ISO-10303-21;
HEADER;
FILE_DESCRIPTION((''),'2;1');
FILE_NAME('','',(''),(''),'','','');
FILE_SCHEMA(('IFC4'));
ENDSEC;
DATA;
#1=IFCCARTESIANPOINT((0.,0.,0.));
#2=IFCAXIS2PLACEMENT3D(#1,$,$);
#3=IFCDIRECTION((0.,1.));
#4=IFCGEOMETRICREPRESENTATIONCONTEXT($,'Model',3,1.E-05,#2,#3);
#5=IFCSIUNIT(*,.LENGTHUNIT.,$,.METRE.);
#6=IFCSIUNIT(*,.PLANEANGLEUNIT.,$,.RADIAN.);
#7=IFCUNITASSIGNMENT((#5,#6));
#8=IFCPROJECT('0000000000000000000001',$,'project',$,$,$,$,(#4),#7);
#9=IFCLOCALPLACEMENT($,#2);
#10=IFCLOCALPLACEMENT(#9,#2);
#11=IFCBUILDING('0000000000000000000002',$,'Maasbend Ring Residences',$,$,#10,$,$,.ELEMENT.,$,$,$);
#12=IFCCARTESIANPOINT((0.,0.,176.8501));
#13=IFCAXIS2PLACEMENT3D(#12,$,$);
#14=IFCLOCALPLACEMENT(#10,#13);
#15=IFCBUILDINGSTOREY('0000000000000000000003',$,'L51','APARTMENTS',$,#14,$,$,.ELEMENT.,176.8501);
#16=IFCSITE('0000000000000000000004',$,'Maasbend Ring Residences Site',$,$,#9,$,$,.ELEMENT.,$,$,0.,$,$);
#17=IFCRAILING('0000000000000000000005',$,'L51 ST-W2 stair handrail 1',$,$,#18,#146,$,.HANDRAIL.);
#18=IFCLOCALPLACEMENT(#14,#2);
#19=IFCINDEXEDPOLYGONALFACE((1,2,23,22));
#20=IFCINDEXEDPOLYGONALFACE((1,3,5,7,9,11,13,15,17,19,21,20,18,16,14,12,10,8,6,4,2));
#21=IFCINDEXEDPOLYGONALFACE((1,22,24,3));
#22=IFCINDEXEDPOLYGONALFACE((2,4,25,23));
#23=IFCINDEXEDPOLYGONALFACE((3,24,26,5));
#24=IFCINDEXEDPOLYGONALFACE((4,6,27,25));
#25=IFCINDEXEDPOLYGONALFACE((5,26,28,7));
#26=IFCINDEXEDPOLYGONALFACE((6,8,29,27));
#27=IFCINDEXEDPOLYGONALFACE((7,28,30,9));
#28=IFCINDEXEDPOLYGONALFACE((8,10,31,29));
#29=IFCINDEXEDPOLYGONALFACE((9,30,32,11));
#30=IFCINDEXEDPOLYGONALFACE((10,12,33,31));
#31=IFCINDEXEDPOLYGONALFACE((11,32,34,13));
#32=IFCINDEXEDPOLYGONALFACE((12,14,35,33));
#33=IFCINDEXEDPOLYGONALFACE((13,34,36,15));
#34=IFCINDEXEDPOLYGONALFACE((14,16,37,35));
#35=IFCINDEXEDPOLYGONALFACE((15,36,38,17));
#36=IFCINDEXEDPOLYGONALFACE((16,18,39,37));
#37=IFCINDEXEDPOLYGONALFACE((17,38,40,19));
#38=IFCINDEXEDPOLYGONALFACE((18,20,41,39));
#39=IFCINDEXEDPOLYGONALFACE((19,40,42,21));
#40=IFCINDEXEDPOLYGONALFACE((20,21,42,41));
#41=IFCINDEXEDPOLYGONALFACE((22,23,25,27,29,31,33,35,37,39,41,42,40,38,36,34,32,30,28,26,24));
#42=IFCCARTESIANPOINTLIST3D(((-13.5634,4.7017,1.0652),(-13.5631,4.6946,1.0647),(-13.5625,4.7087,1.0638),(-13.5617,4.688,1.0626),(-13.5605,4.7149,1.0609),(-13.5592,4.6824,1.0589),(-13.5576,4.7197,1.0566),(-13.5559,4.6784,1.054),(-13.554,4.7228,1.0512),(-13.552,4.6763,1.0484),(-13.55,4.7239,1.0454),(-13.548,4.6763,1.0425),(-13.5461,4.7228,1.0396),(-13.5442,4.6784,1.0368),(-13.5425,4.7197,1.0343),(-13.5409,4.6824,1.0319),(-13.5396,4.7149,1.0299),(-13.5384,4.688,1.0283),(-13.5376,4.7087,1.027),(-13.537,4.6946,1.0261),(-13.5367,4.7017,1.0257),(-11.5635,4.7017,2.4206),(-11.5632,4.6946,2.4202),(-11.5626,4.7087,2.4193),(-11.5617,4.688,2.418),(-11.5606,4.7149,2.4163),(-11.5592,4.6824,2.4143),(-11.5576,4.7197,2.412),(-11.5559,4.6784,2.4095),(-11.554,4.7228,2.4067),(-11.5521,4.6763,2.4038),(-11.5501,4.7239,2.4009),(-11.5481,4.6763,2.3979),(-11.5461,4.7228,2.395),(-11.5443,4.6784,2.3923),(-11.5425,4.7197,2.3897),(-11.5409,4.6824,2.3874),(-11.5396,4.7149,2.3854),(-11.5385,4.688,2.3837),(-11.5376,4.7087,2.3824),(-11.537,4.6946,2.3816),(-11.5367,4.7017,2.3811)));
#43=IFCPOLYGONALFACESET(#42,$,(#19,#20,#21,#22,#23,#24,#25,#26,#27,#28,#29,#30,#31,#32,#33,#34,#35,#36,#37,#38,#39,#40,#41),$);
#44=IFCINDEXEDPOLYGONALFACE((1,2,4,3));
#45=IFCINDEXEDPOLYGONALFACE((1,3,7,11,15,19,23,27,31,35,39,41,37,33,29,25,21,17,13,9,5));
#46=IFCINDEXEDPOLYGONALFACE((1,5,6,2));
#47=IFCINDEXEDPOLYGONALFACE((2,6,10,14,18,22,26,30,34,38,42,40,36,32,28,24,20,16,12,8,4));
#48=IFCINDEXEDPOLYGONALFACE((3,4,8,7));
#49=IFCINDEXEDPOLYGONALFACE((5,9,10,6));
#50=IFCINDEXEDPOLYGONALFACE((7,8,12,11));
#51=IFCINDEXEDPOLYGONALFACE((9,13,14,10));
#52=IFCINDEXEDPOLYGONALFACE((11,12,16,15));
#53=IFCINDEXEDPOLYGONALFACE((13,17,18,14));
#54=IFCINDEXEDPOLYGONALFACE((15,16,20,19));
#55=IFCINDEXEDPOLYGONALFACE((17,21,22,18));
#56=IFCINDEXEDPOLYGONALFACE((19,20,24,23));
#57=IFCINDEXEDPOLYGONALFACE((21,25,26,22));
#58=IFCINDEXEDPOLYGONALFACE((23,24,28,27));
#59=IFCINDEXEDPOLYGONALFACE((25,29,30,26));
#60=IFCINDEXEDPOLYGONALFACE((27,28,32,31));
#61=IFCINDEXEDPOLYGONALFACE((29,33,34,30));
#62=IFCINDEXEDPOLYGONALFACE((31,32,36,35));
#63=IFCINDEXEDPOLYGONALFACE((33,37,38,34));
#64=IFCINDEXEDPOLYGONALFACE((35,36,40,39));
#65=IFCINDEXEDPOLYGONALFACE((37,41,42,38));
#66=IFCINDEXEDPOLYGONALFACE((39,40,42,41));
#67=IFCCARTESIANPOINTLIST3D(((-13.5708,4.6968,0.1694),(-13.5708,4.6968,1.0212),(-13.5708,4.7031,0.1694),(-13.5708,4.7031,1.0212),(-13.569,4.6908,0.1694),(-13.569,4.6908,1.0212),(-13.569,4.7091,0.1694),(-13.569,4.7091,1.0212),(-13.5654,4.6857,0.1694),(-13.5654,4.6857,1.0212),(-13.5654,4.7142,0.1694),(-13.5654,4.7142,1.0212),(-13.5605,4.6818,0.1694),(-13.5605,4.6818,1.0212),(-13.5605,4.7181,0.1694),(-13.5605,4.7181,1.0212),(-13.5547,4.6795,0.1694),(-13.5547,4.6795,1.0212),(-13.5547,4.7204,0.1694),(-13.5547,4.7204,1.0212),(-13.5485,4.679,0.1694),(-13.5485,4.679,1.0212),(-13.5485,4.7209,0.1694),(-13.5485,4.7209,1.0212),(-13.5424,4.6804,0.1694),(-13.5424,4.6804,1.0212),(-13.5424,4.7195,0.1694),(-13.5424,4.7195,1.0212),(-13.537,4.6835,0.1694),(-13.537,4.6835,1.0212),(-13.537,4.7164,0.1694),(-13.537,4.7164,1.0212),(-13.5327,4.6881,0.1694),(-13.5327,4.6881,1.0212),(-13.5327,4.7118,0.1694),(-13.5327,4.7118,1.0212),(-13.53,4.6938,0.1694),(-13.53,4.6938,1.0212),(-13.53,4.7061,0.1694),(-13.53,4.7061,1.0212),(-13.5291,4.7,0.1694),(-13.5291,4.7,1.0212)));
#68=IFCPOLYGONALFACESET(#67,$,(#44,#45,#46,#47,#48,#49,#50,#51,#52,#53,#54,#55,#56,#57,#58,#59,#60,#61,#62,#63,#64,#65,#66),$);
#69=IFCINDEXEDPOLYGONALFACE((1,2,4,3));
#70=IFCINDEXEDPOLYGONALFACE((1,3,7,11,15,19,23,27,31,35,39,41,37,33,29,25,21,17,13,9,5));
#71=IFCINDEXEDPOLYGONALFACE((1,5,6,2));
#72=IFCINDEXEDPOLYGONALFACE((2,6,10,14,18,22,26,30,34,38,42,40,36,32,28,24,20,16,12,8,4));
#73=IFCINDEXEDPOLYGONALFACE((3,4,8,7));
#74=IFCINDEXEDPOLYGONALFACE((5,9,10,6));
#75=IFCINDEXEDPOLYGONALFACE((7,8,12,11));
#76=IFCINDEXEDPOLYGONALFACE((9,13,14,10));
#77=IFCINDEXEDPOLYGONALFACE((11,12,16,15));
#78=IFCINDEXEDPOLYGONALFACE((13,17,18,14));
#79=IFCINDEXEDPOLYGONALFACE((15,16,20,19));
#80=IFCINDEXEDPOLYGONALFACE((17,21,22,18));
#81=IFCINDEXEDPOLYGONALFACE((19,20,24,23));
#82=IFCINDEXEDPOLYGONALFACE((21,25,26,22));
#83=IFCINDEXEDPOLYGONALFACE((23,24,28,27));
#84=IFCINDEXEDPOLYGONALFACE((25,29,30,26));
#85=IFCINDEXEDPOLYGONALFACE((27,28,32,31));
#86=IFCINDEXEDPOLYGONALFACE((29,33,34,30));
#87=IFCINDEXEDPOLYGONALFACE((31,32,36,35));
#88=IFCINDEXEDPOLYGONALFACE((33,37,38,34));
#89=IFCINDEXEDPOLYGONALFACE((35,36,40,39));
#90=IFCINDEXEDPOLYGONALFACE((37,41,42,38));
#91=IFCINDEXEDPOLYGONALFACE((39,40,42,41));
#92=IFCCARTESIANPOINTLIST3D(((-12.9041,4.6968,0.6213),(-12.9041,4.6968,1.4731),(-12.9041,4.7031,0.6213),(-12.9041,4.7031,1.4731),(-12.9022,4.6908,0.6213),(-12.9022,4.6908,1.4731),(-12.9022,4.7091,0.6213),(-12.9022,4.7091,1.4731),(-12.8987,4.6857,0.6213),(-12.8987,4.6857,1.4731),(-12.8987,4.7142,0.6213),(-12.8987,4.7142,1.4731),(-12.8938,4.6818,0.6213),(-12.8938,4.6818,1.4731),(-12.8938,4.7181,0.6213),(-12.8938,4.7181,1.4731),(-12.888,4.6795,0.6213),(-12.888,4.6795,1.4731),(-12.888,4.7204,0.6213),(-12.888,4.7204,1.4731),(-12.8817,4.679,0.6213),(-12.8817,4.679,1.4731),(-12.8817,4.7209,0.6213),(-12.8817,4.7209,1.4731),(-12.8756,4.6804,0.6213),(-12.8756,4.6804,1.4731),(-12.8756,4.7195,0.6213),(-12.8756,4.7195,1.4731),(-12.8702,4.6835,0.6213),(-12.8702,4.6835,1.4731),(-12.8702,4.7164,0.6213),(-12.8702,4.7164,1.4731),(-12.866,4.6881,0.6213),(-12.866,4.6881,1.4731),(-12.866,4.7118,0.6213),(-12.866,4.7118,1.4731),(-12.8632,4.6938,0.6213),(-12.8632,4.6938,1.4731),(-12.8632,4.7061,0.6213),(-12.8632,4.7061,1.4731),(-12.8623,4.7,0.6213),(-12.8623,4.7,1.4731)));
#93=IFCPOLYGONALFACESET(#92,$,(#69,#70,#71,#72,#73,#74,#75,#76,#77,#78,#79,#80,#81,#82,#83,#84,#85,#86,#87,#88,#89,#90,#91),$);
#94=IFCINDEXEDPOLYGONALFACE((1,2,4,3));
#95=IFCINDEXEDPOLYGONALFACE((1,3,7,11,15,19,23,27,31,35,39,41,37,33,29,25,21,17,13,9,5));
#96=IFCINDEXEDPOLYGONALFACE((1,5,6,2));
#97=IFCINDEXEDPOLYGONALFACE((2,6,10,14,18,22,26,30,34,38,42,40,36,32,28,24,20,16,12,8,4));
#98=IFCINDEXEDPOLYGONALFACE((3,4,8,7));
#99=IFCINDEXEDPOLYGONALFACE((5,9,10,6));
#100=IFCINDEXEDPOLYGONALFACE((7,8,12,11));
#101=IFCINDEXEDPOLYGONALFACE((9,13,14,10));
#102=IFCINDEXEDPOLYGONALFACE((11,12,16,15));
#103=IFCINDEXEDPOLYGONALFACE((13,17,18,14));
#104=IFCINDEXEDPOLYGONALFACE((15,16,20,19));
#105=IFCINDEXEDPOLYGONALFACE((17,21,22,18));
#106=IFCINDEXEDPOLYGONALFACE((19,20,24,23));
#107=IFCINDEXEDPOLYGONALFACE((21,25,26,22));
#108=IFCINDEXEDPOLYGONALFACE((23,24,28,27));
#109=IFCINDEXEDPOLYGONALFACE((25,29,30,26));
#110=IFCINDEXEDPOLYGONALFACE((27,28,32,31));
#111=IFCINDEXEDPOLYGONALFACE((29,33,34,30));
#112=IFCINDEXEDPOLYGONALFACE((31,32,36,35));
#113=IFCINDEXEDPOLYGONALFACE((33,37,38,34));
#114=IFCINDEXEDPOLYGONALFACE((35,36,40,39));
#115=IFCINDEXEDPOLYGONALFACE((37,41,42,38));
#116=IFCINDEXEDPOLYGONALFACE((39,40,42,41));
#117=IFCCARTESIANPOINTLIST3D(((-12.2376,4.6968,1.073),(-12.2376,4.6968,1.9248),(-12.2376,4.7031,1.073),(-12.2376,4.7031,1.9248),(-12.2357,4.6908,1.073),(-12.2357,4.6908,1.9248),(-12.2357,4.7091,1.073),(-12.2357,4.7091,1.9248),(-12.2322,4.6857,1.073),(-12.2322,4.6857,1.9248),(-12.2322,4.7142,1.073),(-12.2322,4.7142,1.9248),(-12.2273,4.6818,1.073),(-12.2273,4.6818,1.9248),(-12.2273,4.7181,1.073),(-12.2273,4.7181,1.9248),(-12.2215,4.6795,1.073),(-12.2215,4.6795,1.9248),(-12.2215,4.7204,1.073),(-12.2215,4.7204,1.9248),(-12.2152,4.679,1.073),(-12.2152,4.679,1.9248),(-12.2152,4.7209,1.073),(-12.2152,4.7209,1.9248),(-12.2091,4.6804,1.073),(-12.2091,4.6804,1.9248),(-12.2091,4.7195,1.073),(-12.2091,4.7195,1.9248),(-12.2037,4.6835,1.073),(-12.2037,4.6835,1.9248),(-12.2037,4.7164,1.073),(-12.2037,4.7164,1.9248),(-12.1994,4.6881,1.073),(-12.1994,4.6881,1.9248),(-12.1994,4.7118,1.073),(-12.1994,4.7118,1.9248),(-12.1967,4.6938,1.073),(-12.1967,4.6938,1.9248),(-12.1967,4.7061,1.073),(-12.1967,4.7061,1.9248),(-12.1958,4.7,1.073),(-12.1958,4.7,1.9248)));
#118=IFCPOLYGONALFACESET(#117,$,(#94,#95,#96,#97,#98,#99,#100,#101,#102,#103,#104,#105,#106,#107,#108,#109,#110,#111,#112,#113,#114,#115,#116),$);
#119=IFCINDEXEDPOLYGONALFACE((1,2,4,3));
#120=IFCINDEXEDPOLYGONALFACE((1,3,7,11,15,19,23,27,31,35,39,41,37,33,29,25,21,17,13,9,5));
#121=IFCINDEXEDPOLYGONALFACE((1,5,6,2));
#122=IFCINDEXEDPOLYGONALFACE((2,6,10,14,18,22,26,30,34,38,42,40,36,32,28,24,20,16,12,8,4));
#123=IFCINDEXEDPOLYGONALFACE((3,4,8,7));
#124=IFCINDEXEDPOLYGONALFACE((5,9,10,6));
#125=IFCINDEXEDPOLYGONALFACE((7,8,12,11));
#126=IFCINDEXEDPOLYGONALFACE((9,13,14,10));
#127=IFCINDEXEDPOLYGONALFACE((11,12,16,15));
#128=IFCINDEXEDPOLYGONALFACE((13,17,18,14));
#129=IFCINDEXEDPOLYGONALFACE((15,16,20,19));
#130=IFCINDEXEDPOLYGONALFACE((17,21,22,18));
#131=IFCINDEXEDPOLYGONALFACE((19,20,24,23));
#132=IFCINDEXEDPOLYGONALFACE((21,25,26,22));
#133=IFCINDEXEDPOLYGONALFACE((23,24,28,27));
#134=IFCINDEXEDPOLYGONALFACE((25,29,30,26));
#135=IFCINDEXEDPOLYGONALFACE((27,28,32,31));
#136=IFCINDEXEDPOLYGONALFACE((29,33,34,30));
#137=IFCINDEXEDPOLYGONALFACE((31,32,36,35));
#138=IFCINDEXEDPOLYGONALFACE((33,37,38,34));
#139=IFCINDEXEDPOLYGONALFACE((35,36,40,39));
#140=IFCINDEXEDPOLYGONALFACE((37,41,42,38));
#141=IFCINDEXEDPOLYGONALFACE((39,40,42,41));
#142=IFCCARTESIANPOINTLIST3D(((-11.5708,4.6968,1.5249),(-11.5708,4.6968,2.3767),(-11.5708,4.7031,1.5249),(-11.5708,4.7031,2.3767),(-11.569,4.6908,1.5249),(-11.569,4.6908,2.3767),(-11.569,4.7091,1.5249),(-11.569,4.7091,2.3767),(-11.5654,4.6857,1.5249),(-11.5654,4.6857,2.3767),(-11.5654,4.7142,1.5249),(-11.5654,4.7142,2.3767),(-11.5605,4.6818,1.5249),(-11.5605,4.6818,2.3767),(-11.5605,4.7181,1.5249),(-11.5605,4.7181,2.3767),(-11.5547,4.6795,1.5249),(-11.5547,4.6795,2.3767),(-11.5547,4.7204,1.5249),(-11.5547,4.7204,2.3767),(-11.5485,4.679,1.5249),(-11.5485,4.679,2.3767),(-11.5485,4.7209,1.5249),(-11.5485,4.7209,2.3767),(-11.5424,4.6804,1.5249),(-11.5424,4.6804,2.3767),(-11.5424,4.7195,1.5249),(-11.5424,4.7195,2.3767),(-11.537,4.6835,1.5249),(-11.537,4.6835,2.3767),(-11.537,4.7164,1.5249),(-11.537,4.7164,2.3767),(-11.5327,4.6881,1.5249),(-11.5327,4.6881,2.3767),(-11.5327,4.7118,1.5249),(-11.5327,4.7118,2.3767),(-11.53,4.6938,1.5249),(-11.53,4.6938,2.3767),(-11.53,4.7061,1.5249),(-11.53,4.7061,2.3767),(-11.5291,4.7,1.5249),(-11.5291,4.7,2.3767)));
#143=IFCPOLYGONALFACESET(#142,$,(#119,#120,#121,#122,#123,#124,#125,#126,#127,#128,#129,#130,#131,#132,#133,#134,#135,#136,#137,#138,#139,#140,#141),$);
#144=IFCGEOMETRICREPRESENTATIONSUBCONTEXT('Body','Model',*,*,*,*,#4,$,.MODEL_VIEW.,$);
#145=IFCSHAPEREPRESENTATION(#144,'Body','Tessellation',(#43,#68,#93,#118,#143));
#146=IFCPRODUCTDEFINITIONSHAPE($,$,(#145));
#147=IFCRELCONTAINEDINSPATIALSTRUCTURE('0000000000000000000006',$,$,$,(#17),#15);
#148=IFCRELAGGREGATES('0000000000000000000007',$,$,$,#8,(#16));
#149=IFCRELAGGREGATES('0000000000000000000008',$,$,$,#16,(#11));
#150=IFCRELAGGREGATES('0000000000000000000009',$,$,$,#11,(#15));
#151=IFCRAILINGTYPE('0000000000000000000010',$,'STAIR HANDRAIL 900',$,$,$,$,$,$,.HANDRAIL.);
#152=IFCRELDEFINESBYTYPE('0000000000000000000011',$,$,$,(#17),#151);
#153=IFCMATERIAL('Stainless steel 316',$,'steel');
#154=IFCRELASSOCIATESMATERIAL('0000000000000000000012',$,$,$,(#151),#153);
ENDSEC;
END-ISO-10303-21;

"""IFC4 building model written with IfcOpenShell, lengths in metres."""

from ifc_helpers import new_model, si_unit, direction, frame, origin, origin_2d, place, context, subcontext, project, spatial, circle, extrude, material, type_object, element, save


model = new_model("IFC4")

# Units and contexts
model_context = context("Model", 3, precision=1e-05, world=origin(), true_north=direction((0.0, 1.0)))
body_context = subcontext(model_context, "Body", "Model", "MODEL_VIEW")
ifc_project = project(units=[si_unit("LENGTHUNIT", "METRE"), si_unit("PLANEANGLEUNIT", "RADIAN")], contexts=[model_context])

# Site, building, storey
site_placement = place(None, origin())
site = spatial("IfcSite", under=ifc_project, at=site_placement, Name="Maasbend Ring Residences Site", CompositionType="ELEMENT", RefElevation=0.0)
building_placement = place(site_placement, origin())
building = spatial("IfcBuilding", under=site, at=building_placement, Name="Maasbend Ring Residences", CompositionType="ELEMENT")
storey_placement = place(building_placement, frame((0.0, 0.0, 176.8501)))
storey = spatial("IfcBuildingStorey", under=building, at=storey_placement, Name="L51", Description="APARTMENTS", CompositionType="ELEMENT", Elevation=176.8501)

# Railing
ifc_material_1 = material(Name="Stainless steel 316", Category="steel")
railing_type_1 = type_object("IfcRailingType", Name="STAIR HANDRAIL 900", PredefinedType="HANDRAIL", material=ifc_material_1)
railing_1_placement = place(storey_placement, frame((-13.55, 4.7, 0.1694)))
element("IfcRailing", 1, at=railing_1_placement, inside=storey, type_object=railing_type_1, Name="L51 ST-W2 stair handrail 1", PredefinedType="HANDRAIL", context=body_context, shape_type="SweptSolid", body=[
    extrude(circle(Radius=0.0239, at=origin_2d()), frame((0.0, 0.0, 0.876), z_axis=(0.827798, 0.0, 0.561027), x_axis=(0.0, 1.0, 0.0)), (0.0, 0.0, 1.0), 2.416),
    extrude(circle(Radius=0.021, at=origin_2d()), origin(), (0.0, 0.0, 1.0), 0.8518),
    extrude(circle(Radius=0.021, at=origin_2d()), frame((0.6667, 0.0, 0.4519)), (0.0, 0.0, 1.0), 0.8518),
    extrude(circle(Radius=0.021, at=origin_2d()), frame((1.3333, 0.0, 0.9036)), (0.0, 0.0, 1.0), 0.8518),
    extrude(circle(Radius=0.021, at=origin_2d()), frame((2.0, 0.0, 1.3555)), (0.0, 0.0, 1.0), 0.8518),
])

save(model, "model.ifc")
